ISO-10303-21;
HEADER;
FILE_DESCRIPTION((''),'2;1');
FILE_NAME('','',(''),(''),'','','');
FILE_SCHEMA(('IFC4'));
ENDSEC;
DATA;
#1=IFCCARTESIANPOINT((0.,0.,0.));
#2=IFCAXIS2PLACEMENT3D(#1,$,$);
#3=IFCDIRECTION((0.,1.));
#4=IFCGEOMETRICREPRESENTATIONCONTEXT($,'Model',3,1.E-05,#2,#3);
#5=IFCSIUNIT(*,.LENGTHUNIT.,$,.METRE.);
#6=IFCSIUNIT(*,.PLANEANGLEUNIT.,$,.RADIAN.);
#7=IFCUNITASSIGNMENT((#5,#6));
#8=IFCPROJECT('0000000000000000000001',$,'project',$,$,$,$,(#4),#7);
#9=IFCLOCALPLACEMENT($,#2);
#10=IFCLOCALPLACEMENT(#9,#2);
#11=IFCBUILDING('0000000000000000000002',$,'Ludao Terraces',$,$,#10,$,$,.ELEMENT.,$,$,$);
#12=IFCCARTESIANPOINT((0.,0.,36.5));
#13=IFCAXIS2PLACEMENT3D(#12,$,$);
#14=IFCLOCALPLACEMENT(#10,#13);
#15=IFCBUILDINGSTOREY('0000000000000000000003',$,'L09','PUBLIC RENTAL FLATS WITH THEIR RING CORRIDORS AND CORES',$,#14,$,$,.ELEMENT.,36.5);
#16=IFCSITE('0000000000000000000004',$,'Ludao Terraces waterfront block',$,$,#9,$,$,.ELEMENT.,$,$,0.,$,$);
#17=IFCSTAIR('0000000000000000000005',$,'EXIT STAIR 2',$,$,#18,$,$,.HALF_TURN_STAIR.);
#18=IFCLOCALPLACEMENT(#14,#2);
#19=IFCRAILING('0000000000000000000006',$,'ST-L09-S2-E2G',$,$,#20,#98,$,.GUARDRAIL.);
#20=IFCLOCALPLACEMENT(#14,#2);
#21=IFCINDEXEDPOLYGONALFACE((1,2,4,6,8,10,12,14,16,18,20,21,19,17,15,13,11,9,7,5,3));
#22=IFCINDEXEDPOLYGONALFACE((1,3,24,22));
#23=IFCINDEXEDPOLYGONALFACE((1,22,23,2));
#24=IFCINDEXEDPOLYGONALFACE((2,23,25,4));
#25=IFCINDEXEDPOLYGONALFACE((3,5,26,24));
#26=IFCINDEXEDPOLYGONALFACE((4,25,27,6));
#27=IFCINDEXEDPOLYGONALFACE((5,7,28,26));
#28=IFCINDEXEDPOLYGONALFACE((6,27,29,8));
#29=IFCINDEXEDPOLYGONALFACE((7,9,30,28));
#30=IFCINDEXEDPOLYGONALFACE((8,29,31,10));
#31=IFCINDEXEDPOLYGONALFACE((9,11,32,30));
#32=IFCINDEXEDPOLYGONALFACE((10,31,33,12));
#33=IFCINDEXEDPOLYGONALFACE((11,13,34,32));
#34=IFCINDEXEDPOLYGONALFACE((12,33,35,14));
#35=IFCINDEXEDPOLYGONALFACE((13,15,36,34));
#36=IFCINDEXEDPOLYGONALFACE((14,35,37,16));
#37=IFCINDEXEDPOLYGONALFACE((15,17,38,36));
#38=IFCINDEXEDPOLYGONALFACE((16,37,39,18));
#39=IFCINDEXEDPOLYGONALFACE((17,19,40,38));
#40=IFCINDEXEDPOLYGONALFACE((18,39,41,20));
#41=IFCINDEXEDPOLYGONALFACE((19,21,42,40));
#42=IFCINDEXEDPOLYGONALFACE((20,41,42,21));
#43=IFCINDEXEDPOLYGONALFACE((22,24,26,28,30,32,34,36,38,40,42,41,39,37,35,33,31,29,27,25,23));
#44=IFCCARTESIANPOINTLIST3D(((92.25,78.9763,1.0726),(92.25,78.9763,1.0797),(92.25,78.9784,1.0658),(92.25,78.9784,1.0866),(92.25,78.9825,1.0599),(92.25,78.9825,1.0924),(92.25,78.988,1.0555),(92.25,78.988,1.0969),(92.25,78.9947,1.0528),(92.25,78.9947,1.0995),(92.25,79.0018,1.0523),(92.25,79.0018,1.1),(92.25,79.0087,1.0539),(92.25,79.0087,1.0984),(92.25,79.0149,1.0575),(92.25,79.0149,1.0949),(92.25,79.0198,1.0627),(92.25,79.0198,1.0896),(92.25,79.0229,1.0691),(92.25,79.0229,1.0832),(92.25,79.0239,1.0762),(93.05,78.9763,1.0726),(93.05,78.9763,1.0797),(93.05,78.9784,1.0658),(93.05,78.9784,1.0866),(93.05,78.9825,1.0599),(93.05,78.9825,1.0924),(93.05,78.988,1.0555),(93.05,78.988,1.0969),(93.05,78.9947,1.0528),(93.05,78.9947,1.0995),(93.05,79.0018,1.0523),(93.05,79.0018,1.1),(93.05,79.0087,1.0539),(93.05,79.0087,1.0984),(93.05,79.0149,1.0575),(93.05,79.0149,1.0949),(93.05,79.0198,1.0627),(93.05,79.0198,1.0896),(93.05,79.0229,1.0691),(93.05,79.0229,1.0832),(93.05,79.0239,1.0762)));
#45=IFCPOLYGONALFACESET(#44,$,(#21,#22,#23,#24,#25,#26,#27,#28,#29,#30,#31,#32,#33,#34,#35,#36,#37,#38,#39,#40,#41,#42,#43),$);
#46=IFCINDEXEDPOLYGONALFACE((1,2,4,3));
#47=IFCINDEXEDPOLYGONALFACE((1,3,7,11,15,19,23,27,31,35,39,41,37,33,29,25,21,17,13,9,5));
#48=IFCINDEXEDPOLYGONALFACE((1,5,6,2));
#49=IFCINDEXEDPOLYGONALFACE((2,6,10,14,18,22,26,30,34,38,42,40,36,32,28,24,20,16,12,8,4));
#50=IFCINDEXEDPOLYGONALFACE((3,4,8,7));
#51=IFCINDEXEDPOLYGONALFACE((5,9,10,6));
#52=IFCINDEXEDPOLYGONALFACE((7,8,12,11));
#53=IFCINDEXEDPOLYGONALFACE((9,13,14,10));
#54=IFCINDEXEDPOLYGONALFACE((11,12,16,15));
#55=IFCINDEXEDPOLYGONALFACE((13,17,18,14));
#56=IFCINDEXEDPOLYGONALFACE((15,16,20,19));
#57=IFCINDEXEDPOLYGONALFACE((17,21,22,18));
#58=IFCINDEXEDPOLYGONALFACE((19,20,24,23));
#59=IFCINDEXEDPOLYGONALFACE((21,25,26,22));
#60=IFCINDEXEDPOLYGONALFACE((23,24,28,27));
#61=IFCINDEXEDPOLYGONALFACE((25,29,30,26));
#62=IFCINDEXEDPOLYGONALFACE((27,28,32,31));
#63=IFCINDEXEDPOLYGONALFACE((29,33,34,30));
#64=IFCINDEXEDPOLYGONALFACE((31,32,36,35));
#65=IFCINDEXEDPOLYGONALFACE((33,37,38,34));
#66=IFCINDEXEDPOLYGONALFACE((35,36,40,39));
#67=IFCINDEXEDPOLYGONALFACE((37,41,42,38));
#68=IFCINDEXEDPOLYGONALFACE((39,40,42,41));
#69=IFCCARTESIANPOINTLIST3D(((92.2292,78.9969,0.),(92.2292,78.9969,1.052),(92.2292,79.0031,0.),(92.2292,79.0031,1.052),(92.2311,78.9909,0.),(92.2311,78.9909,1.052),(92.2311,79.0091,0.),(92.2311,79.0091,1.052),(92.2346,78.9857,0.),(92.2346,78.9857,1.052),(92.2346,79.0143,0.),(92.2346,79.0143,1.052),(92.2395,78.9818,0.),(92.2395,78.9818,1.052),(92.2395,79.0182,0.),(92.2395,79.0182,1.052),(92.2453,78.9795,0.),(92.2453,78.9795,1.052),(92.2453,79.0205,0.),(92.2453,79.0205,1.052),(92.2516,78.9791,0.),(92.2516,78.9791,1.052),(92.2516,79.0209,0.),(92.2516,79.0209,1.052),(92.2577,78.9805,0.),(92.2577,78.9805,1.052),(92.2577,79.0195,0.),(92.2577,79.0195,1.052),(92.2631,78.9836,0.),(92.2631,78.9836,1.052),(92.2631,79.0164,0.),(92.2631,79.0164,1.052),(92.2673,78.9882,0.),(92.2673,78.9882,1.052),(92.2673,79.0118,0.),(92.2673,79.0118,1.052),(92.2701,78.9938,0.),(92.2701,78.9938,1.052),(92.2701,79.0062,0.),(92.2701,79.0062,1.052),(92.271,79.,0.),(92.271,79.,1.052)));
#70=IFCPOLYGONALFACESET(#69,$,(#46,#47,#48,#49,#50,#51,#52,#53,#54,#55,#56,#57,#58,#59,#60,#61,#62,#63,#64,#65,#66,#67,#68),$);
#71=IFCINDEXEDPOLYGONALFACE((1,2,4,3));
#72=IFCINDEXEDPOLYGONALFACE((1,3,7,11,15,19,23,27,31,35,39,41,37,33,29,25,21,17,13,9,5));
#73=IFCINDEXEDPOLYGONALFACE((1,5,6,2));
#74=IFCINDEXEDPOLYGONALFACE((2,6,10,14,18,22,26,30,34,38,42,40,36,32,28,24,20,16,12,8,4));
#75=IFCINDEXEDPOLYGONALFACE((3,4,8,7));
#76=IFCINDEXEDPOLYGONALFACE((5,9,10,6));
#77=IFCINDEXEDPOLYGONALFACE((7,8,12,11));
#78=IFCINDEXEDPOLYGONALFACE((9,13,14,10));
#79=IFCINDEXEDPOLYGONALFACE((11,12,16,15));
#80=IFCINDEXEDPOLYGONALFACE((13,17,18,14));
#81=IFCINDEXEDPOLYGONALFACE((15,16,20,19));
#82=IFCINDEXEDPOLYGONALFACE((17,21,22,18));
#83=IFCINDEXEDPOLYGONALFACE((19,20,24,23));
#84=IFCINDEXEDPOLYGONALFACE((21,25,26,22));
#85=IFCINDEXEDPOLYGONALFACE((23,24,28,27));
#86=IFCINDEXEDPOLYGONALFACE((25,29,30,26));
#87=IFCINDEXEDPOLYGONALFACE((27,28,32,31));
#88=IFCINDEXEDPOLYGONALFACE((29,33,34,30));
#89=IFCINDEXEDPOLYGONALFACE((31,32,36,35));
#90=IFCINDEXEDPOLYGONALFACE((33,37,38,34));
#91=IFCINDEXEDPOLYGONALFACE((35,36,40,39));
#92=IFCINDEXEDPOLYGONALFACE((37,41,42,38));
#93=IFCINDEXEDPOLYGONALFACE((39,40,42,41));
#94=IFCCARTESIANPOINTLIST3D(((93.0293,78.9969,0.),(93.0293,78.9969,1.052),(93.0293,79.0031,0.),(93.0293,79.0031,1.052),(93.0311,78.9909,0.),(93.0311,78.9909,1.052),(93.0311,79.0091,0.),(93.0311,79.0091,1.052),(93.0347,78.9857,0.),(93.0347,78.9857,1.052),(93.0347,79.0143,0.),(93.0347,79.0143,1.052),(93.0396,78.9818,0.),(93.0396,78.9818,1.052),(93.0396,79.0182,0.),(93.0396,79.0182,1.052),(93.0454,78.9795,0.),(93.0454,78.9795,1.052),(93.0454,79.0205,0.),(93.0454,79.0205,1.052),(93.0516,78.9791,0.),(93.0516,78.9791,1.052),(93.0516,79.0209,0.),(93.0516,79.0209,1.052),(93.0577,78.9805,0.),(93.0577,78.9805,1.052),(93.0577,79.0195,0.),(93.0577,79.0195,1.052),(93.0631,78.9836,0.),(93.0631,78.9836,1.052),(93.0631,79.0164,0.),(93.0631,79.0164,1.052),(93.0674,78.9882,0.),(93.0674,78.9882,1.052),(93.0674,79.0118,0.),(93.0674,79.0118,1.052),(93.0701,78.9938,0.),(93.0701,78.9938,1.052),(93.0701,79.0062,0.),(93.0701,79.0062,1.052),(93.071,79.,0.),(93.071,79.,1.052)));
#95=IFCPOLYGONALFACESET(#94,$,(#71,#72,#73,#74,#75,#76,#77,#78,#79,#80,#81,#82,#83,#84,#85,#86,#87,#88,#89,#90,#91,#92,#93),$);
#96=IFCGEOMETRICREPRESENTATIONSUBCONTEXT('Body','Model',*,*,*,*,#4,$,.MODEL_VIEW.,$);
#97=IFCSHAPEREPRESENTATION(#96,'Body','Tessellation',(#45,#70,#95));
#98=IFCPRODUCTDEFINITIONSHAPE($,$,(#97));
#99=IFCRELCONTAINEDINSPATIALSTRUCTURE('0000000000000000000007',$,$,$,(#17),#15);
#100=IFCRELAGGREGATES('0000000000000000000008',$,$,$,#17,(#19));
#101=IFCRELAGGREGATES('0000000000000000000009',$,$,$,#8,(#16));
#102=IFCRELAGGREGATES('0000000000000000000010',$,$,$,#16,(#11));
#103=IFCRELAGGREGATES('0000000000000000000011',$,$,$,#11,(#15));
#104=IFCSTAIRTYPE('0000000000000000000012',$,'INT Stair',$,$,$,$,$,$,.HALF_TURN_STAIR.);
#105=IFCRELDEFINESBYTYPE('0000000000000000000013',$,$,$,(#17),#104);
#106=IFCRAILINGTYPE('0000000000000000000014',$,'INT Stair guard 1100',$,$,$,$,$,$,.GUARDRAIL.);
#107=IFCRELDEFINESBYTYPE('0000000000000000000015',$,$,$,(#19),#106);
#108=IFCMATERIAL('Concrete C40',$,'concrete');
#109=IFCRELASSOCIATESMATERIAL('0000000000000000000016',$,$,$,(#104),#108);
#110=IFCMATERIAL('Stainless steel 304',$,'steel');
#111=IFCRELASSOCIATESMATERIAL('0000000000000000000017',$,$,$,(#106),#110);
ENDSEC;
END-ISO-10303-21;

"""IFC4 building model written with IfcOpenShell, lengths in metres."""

from ifc_helpers import new_model, si_unit, direction, frame, origin, origin_2d, place, context, subcontext, project, spatial, circle, extrude, material, type_object, element, aggregate, save


model = new_model("IFC4")

# Units and contexts
model_context = context("Model", 3, precision=1e-05, world=origin(), true_north=direction((0.0, 1.0)))
body_context = subcontext(model_context, "Body", "Model", "MODEL_VIEW")
ifc_project = project(units=[si_unit("LENGTHUNIT", "METRE"), si_unit("PLANEANGLEUNIT", "RADIAN")], contexts=[model_context])

# Site, building, storey
site_placement = place(None, origin())
site = spatial("IfcSite", under=ifc_project, at=site_placement, Name="Ludao Terraces waterfront block", CompositionType="ELEMENT", RefElevation=0.0)
building_placement = place(site_placement, origin())
building = spatial("IfcBuilding", under=site, at=building_placement, Name="Ludao Terraces", CompositionType="ELEMENT")
storey_placement = place(building_placement, frame((0.0, 0.0, 36.5)))
storey = spatial("IfcBuildingStorey", under=building, at=storey_placement, Name="L09", Description="PUBLIC RENTAL FLATS WITH THEIR RING CORRIDORS AND CORES", CompositionType="ELEMENT", Elevation=36.5)

# Stair, railing
ifc_material_1 = material(Name="Concrete C40", Category="concrete")
stair_type = type_object("IfcStairType", Name="INT Stair", PredefinedType="HALF_TURN_STAIR", material=ifc_material_1)
stair_placement = place(storey_placement, origin())
stair = element("IfcStair", 1, at=stair_placement, inside=storey, type_object=stair_type, Name="EXIT STAIR 2", PredefinedType="HALF_TURN_STAIR")
ifc_material_2 = material(Name="Stainless steel 304", Category="steel")
railing_type_1 = type_object("IfcRailingType", Name="INT Stair guard 1100", PredefinedType="GUARDRAIL", material=ifc_material_2)
railing_1_placement = place(storey_placement, frame((92.25, 79.0, 0.0)))
railing_1 = element("IfcRailing", 2, at=railing_1_placement, type_object=railing_type_1, Name="ST-L09-S2-E2G", PredefinedType="GUARDRAIL", context=body_context, shape_type="SweptSolid", body=[
    extrude(circle(Radius=0.0239, at=origin_2d()), frame((0.0, 0.0, 1.0762), z_axis=(1.0, 0.0, 0.0), x_axis=(0.0, 1.0, 0.0)), (0.0, 0.0, 1.0), 0.8),
    extrude(circle(Radius=0.021, at=origin_2d()), origin(), (0.0, 0.0, 1.0), 1.052),
    extrude(circle(Radius=0.021, at=origin_2d()), frame((0.8, 0.0, 0.0)), (0.0, 0.0, 1.0), 1.052),
])
aggregate(stair, [railing_1])

save(model, "model.ifc")
